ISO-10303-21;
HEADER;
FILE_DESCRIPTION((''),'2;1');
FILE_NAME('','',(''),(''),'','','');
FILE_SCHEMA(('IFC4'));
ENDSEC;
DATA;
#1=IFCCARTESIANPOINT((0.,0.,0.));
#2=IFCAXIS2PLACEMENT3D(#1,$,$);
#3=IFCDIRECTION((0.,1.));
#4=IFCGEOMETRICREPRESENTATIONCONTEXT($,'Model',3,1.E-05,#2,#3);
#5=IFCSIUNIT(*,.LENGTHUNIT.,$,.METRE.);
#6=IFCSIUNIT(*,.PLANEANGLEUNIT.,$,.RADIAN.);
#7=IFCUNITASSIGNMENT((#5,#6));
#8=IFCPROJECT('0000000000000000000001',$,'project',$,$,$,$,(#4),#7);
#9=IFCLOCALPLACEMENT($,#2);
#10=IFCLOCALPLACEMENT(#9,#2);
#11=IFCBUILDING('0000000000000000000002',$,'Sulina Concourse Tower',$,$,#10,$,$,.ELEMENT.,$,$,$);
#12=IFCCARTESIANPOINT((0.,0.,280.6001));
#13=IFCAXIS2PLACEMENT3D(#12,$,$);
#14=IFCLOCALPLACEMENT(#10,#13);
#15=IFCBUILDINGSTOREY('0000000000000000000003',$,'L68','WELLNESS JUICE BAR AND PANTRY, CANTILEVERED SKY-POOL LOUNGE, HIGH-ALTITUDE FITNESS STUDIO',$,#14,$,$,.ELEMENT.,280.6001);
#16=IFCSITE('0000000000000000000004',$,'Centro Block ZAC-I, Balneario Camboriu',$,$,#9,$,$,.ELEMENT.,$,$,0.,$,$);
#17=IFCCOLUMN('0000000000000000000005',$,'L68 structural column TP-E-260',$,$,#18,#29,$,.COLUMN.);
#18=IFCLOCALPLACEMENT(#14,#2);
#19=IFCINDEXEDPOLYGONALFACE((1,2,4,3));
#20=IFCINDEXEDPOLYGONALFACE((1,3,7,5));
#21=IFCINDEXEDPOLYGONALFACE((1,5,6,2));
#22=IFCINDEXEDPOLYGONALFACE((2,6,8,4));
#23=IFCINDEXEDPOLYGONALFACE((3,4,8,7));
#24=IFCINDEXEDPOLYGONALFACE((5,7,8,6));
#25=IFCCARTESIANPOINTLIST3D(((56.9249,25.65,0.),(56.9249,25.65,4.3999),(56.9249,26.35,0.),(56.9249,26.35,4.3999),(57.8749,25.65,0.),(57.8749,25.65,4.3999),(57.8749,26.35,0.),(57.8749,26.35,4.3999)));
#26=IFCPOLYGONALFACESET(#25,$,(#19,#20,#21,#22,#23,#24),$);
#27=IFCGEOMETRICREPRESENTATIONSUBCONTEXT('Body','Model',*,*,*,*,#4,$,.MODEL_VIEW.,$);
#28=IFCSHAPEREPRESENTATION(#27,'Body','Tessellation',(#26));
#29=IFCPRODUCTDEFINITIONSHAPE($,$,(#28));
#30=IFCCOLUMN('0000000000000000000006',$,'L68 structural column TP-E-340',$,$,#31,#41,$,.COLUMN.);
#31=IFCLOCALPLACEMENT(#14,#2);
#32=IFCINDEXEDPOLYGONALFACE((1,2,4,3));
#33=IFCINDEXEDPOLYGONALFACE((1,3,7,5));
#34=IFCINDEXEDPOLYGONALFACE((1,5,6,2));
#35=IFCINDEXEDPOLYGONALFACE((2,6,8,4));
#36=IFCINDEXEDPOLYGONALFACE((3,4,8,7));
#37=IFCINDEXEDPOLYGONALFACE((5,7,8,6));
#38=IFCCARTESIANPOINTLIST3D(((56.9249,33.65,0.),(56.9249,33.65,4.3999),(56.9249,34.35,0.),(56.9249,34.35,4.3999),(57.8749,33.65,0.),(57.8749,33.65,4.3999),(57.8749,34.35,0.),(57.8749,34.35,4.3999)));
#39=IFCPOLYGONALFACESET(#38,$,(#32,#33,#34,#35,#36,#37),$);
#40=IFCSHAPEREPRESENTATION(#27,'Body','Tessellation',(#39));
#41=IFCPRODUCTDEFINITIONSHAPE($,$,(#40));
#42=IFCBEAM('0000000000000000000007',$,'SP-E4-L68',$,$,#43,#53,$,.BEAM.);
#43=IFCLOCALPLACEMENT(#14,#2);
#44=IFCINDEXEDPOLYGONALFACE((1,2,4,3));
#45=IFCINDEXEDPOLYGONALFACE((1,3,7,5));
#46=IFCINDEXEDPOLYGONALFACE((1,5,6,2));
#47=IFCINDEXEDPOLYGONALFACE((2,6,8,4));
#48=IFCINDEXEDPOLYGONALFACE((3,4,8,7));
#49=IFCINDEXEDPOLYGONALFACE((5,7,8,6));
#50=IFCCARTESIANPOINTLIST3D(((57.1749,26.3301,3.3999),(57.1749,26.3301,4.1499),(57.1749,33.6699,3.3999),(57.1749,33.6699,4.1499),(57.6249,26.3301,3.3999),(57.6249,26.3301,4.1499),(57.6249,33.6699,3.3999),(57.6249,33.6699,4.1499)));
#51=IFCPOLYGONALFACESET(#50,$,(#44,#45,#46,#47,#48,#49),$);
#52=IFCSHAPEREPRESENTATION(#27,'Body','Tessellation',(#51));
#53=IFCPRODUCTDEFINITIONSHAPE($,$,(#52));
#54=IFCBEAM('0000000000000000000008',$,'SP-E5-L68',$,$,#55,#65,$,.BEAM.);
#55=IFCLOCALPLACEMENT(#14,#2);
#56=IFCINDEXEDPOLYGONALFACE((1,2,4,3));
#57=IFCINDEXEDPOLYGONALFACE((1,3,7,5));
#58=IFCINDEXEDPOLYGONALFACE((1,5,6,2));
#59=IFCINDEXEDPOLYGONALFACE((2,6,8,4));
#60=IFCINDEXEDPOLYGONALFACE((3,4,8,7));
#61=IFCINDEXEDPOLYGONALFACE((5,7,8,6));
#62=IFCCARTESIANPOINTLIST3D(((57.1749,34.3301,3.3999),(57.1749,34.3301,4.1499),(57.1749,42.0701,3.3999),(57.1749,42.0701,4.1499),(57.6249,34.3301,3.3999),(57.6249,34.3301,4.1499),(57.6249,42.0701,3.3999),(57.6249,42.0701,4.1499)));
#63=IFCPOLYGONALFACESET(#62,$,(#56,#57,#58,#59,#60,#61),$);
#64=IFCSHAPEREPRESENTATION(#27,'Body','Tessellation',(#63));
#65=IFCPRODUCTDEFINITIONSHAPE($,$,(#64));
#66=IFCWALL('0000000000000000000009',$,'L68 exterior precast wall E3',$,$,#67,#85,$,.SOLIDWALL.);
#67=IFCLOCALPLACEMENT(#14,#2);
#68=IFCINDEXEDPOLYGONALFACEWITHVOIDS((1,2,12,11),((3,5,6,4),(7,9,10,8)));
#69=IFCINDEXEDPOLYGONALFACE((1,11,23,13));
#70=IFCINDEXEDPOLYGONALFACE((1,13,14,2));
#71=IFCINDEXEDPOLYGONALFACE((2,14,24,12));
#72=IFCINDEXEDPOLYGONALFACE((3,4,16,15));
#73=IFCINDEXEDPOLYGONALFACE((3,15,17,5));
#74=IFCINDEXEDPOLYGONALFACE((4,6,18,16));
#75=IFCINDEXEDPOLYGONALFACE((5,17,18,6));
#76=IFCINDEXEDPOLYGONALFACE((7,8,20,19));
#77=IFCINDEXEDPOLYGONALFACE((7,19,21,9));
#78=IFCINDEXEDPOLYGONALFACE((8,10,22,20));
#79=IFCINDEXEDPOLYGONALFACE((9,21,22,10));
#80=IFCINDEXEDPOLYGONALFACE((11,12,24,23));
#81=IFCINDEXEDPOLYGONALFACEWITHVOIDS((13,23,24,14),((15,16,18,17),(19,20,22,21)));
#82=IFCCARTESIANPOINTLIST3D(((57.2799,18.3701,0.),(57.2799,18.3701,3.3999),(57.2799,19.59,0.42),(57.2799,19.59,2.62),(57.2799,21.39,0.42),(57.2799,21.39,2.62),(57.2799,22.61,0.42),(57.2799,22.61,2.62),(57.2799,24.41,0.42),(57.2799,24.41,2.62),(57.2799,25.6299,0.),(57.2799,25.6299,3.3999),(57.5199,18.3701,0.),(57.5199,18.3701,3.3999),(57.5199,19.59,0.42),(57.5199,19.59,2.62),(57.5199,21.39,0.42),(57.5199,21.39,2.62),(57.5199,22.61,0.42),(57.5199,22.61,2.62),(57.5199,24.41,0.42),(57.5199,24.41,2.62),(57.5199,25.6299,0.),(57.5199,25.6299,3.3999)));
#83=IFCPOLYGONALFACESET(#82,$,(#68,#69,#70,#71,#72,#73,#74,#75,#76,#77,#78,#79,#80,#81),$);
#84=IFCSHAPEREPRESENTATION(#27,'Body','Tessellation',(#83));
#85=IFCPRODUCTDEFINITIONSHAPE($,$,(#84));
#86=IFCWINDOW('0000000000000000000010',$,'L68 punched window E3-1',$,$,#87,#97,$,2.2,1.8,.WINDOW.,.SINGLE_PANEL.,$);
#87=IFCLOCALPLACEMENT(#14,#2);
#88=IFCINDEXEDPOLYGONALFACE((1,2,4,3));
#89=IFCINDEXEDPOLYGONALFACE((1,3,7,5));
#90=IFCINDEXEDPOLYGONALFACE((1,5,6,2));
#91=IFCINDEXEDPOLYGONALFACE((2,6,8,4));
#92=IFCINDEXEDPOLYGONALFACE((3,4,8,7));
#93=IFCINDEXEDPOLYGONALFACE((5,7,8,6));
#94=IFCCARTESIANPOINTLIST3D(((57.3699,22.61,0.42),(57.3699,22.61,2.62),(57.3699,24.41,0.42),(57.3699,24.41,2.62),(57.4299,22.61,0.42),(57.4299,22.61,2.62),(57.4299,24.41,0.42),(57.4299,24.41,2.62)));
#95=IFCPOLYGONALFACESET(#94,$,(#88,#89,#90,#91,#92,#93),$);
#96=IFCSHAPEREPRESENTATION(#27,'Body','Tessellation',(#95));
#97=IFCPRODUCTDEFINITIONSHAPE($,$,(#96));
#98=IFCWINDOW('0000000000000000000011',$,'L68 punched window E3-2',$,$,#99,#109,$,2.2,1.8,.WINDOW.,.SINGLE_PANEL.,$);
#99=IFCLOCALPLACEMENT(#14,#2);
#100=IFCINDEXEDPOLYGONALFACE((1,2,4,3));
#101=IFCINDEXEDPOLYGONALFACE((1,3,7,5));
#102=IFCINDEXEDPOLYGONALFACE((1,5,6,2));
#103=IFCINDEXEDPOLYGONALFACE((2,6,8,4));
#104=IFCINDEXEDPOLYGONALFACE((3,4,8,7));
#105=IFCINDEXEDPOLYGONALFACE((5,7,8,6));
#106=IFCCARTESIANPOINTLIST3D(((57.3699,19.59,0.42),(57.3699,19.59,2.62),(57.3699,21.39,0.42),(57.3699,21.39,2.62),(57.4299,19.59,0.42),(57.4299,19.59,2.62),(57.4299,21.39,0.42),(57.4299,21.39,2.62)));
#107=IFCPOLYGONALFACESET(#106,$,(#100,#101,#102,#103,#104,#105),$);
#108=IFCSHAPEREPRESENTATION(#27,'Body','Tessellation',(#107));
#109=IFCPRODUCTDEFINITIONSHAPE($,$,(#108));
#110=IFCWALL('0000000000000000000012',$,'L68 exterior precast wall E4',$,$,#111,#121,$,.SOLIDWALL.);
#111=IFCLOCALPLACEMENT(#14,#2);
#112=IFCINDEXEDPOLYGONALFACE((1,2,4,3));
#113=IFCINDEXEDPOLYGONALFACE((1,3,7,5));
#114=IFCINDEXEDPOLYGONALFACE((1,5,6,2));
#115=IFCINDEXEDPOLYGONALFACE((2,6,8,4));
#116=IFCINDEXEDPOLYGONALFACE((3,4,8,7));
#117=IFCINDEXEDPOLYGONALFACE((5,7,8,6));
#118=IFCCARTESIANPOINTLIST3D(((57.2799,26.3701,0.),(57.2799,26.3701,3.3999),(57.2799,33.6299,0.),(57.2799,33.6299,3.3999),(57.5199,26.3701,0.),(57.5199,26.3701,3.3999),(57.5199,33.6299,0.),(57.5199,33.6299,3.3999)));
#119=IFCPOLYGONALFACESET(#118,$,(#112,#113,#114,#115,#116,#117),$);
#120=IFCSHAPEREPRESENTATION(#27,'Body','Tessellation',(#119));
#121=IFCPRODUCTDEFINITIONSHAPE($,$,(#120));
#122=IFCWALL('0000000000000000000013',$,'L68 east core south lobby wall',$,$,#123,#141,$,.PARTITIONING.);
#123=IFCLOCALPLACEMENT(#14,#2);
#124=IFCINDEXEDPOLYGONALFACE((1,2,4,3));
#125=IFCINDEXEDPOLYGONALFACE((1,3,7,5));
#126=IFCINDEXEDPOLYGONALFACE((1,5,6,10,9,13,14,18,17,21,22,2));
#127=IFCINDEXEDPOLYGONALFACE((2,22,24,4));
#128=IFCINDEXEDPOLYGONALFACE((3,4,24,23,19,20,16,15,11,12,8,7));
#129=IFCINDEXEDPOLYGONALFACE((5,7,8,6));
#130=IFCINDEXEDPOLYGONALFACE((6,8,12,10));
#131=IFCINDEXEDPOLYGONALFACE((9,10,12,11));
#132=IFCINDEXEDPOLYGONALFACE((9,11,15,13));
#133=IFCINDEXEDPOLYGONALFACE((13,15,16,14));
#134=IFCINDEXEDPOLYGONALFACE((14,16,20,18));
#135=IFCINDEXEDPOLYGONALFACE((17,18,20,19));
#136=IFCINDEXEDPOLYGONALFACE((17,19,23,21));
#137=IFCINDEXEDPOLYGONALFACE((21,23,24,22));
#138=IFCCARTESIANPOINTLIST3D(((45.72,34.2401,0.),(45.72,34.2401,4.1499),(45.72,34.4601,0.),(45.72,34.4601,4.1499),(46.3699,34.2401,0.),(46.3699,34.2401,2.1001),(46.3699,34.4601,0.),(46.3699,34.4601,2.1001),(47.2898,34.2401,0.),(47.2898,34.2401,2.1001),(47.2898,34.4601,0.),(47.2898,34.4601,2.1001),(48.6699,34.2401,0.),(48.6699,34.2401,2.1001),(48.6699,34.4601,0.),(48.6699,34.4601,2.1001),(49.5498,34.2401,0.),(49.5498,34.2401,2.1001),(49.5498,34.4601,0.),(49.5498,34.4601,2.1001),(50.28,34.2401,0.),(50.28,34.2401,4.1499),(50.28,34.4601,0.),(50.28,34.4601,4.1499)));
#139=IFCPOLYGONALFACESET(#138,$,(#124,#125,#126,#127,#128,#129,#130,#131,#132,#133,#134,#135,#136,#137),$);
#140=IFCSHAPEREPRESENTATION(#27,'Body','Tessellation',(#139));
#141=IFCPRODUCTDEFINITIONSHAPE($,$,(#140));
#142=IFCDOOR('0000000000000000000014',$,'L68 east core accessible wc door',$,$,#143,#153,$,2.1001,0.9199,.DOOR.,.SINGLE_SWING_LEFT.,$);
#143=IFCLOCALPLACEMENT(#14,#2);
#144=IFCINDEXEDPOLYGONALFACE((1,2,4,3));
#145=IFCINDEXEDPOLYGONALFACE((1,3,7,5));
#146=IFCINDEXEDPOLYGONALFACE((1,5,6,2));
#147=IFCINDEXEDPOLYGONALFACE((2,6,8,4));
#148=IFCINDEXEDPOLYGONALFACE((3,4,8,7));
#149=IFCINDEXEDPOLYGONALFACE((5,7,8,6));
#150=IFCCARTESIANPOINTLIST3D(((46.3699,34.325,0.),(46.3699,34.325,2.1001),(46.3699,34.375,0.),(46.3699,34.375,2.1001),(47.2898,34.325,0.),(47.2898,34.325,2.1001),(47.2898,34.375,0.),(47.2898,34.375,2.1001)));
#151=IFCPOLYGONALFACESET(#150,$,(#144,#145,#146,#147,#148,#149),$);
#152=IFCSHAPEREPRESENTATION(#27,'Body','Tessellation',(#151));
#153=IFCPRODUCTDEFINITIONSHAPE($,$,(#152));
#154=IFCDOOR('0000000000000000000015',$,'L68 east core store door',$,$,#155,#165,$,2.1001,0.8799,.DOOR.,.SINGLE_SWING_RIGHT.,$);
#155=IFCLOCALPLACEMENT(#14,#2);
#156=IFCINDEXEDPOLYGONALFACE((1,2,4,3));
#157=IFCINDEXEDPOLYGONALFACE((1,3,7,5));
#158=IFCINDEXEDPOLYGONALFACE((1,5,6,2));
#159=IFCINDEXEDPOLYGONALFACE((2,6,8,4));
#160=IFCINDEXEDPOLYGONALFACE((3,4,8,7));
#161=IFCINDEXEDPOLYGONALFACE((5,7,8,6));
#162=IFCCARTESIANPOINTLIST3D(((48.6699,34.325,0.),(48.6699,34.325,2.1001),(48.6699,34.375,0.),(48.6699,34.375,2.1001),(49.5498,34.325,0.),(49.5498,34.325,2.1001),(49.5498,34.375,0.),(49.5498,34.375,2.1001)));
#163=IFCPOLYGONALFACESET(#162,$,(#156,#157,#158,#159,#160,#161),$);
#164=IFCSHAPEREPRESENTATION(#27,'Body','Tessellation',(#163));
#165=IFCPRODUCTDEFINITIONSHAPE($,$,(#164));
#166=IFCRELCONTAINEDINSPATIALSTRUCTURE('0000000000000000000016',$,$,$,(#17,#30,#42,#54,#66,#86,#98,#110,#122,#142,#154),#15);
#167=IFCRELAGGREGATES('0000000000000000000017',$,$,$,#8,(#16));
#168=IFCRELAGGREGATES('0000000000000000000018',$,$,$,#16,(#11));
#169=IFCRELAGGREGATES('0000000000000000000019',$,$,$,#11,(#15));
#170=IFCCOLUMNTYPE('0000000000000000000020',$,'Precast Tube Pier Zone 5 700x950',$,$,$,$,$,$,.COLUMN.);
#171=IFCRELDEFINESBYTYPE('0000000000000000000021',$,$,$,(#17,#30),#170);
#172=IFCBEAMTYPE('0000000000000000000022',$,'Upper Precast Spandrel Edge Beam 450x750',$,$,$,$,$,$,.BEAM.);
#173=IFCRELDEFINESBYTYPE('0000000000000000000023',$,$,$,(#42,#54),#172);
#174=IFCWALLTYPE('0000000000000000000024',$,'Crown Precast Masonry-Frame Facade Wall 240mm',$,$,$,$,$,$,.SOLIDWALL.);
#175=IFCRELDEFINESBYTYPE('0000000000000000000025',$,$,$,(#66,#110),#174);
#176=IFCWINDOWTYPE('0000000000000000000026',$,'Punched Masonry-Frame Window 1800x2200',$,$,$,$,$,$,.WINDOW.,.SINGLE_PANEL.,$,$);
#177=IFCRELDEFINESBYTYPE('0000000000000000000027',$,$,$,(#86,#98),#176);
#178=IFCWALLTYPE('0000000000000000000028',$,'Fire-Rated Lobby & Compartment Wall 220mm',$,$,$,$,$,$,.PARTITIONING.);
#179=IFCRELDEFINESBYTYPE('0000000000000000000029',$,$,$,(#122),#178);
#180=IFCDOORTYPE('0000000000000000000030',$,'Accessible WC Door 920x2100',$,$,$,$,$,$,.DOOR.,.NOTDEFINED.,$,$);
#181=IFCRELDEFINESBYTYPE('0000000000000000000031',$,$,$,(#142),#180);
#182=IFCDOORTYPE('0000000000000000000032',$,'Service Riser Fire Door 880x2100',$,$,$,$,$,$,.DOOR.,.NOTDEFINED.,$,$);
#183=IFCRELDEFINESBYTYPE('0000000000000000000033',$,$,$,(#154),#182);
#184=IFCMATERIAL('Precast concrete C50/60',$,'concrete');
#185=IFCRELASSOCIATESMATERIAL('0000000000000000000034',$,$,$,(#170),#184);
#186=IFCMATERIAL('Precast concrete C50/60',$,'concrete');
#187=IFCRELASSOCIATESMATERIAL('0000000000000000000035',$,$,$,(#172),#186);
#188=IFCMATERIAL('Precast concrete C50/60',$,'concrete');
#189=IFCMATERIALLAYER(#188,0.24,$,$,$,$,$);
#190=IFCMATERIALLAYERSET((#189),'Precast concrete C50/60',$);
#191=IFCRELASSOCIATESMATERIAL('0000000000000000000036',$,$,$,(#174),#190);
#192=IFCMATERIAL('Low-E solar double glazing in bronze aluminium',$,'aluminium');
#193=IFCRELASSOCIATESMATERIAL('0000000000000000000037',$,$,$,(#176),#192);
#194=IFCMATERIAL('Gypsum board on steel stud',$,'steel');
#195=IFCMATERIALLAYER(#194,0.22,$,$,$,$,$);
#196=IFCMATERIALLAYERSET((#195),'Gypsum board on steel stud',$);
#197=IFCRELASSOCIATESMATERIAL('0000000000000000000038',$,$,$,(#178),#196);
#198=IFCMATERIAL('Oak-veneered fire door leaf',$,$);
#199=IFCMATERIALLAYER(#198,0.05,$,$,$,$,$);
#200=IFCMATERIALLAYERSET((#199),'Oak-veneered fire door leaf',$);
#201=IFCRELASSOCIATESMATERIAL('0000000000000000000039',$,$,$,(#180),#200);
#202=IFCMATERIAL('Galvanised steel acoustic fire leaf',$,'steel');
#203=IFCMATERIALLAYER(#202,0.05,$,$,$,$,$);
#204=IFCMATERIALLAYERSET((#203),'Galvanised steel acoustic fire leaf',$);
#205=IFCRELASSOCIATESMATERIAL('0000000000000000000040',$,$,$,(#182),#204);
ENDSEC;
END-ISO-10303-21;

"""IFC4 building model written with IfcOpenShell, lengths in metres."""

from ifc_helpers import new_model, si_unit, direction, frame, frame_2d, origin, origin_2d, place, context, subcontext, project, spatial, rectangle, extrude, material, layer, layer_set, material_profile, profile_set, type_object, element, fill, save


model = new_model("IFC4")

# Units and contexts
model_context = context("Model", 3, precision=1e-05, world=origin(), true_north=direction((0.0, 1.0)))
body_context = subcontext(model_context, "Body", "Model", "MODEL_VIEW")
ifc_project = project(units=[si_unit("LENGTHUNIT", "METRE"), si_unit("PLANEANGLEUNIT", "RADIAN")], contexts=[model_context])

# Site, building, storey
site_placement = place(None, origin())
site = spatial("IfcSite", under=ifc_project, at=site_placement, Name="Centro Block ZAC-I, Balneario Camboriu", CompositionType="ELEMENT", RefElevation=0.0)
building_placement = place(site_placement, origin())
building = spatial("IfcBuilding", under=site, at=building_placement, Name="Sulina Concourse Tower", CompositionType="ELEMENT")
storey_placement = place(building_placement, frame((0.0, 0.0, 280.6001)))
storey = spatial("IfcBuildingStorey", under=building, at=storey_placement, Name="L68", Description="WELLNESS JUICE BAR AND PANTRY, CANTILEVERED SKY-POOL LOUNGE, HIGH-ALTITUDE FITNESS STUDIO", CompositionType="ELEMENT", Elevation=280.6001)

# Columns
ifc_material_1 = material(Name="Precast concrete C50/60", Category="concrete")
ifc_material_profile_1 = material_profile(ifc_material_1, rectangle(XDim=0.7, YDim=0.95, at=origin_2d()), Name="PC 700x950")
ifc_profile_set_1 = profile_set([ifc_material_profile_1], Name="Precast concrete C50/60")
column_type = type_object("IfcColumnType", Name="Precast Tube Pier Zone 5 700x950", PredefinedType="COLUMN", material=ifc_profile_set_1)
for number, where, z_axis, x_axis, name in (
    (1, (57.3999, 26.0, 0.0), (0.0, 0.0, 1.0), (0.0, 1.0, 0.0), "L68 structural column TP-E-260"),
    (2, (57.3999, 34.0, 0.0), (0.0, 0.0, 1.0), (0.0, 1.0, 0.0), "L68 structural column TP-E-340"),
):
    element("IfcColumn", number, at=place(storey_placement, frame(where, z_axis=z_axis, x_axis=x_axis)), inside=storey, type_object=column_type, Name=name, PredefinedType="COLUMN", context=body_context, shape_type="SweptSolid", body=[
        extrude(rectangle(XDim=0.7, YDim=0.95, at=origin_2d()), origin(), (0.0, 0.0, 1.0), 4.3999),
    ])

# Beams
ifc_material_2 = material(Name="Precast concrete C50/60", Category="concrete")
ifc_material_profile_2 = material_profile(ifc_material_2, rectangle(XDim=0.45, YDim=0.75, at=origin_2d()), Name="RC 450x750")
ifc_profile_set_2 = profile_set([ifc_material_profile_2], Name="Precast concrete C50/60")
beam_type = type_object("IfcBeamType", Name="Upper Precast Spandrel Edge Beam 450x750", PredefinedType="BEAM", material=ifc_profile_set_2)
beam_1_placement = place(storey_placement, frame((57.3999, 26.3301, 3.7749), z_axis=(0.0, 1.0, 0.0), x_axis=(-1.0, 0.0, 0.0)))
element("IfcBeam", 3, at=beam_1_placement, inside=storey, type_object=beam_type, Name="SP-E4-L68", PredefinedType="BEAM", context=body_context, shape_type="SweptSolid", body=[
    extrude(rectangle(XDim=0.45, YDim=0.75, at=origin_2d()), origin(), (0.0, 0.0, 1.0), 7.3398),
])
beam_2_placement = place(storey_placement, frame((57.3999, 34.3301, 3.7749), z_axis=(0.0, 1.0, 0.0), x_axis=(-1.0, 0.0, 0.0)))
element("IfcBeam", 4, at=beam_2_placement, inside=storey, type_object=beam_type, Name="SP-E5-L68", PredefinedType="BEAM", context=body_context, shape_type="SweptSolid", body=[
    extrude(rectangle(XDim=0.45, YDim=0.75, at=origin_2d()), origin(), (0.0, 0.0, 1.0), 7.74),
])

# Wall, openings, windows
ifc_material_3 = material(Name="Precast concrete C50/60", Category="concrete")
ifc_layer_1 = layer(ifc_material_3, 0.24)
ifc_layer_set_1 = layer_set([ifc_layer_1], Name="Precast concrete C50/60")
wall_type_1 = type_object("IfcWallType", Name="Crown Precast Masonry-Frame Facade Wall 240mm", PredefinedType="SOLIDWALL", material=ifc_layer_set_1)
wall_1_placement = place(storey_placement, frame((57.3999, 25.6299, 0.0), z_axis=(0.0, 0.0, 1.0), x_axis=(0.0, -1.0, 0.0)))
wall_1 = element("IfcWall", 5, at=wall_1_placement, inside=storey, type_object=wall_type_1, Name="L68 exterior precast wall E3", PredefinedType="SOLIDWALL", context=body_context, shape_type="SweptSolid", body=[
    extrude(rectangle(XDim=7.2598, YDim=0.24, at=frame_2d((3.6299, 0.0))), origin(), (0.0, 0.0, 1.0), 3.3999),
])
opening_1_placement = place(wall_1_placement, frame((1.22, 0.0, 0.4199)))
opening_1 = element("IfcOpeningElement", 6, at=opening_1_placement, cuts=wall_1, PredefinedType="OPENING", context=body_context, shape_type="SweptSolid", body=[
    extrude(rectangle(XDim=1.8, YDim=2.2, at=frame_2d((0.8999, 1.1001))), frame((0.0, 0.1299, 0.0), z_axis=(0.0, -1.0, 0.0), x_axis=(1.0, 0.0, 0.0)), (0.0, 0.0, 1.0), 0.26),
])
opening_2_placement = place(wall_1_placement, frame((4.24, 0.0, 0.4199)))
opening_2 = element("IfcOpeningElement", 7, at=opening_2_placement, cuts=wall_1, PredefinedType="OPENING", context=body_context, shape_type="SweptSolid", body=[
    extrude(rectangle(XDim=1.8, YDim=2.2, at=frame_2d((0.8999, 1.1001))), frame((0.0, 0.1299, 0.0), z_axis=(0.0, -1.0, 0.0), x_axis=(1.0, 0.0, 0.0)), (0.0, 0.0, 1.0), 0.26),
])
ifc_material_4 = material(Name="Low-E solar double glazing in bronze aluminium", Category="aluminium")
window_type = type_object("IfcWindowType", Name="Punched Masonry-Frame Window 1800x2200", PartitioningType="SINGLE_PANEL", PredefinedType="WINDOW", material=ifc_material_4)
window_1_placement = place(opening_1_placement, origin())
window_1 = element("IfcWindow", 8, at=window_1_placement, inside=storey, type_object=window_type, Name="L68 punched window E3-1", OverallHeight=2.2, OverallWidth=1.8, PartitioningType="SINGLE_PANEL", PredefinedType="WINDOW", context=body_context, shape_type="SweptSolid", body=[
    extrude(rectangle(XDim=1.8, YDim=2.2, at=frame_2d((0.8999, 1.1001))), frame((0.0, 0.03, 0.0), z_axis=(0.0, -1.0, 0.0), x_axis=(1.0, 0.0, 0.0)), (0.0, 0.0, 1.0), 0.0601),
])
fill(opening_1, window_1)
window_2_placement = place(opening_2_placement, origin())
window_2 = element("IfcWindow", 9, at=window_2_placement, inside=storey, type_object=window_type, Name="L68 punched window E3-2", OverallHeight=2.2, OverallWidth=1.8, PartitioningType="SINGLE_PANEL", PredefinedType="WINDOW", context=body_context, shape_type="SweptSolid", body=[
    extrude(rectangle(XDim=1.8, YDim=2.2, at=frame_2d((0.8999, 1.1001))), frame((0.0, 0.03, 0.0), z_axis=(0.0, -1.0, 0.0), x_axis=(1.0, 0.0, 0.0)), (0.0, 0.0, 1.0), 0.0601),
])
fill(opening_2, window_2)

# Wall
wall_2_placement = place(storey_placement, frame((57.3999, 33.6299, 0.0), z_axis=(0.0, 0.0, 1.0), x_axis=(0.0, -1.0, 0.0)))
element("IfcWall", 10, at=wall_2_placement, inside=storey, type_object=wall_type_1, Name="L68 exterior precast wall E4", PredefinedType="SOLIDWALL", context=body_context, shape_type="SweptSolid", body=[
    extrude(rectangle(XDim=7.2598, YDim=0.24, at=frame_2d((3.6299, 0.0))), origin(), (0.0, 0.0, 1.0), 3.3999),
])

# Wall, openings, doors
ifc_material_5 = material(Name="Gypsum board on steel stud", Category="steel")
ifc_layer_2 = layer(ifc_material_5, 0.22)
ifc_layer_set_2 = layer_set([ifc_layer_2], Name="Gypsum board on steel stud")
wall_type_2 = type_object("IfcWallType", Name="Fire-Rated Lobby & Compartment Wall 220mm", PredefinedType="PARTITIONING", material=ifc_layer_set_2)
wall_3_placement = place(storey_placement, frame((45.72, 34.3501, 0.0), z_axis=(0.0, 0.0, 1.0), x_axis=(1.0, 0.0, 0.0)))
wall_3 = element("IfcWall", 11, at=wall_3_placement, inside=storey, type_object=wall_type_2, Name="L68 east core south lobby wall", PredefinedType="PARTITIONING", context=body_context, shape_type="SweptSolid", body=[
    extrude(rectangle(XDim=4.5601, YDim=0.22, at=frame_2d((2.28, 0.0))), origin(), (0.0, 0.0, 1.0), 4.1499),
])
opening_3_placement = place(wall_3_placement, frame((0.6499, 0.0, 0.0)))
opening_3 = element("IfcOpeningElement", 12, at=opening_3_placement, cuts=wall_3, PredefinedType="OPENING", context=body_context, shape_type="SweptSolid", body=[
    extrude(rectangle(XDim=0.9199, YDim=2.1001, at=frame_2d((0.46, 1.05))), frame((0.0, 0.1199, 0.0), z_axis=(0.0, -1.0, 0.0), x_axis=(1.0, 0.0, 0.0)), (0.0, 0.0, 1.0), 0.24),
])
opening_4_placement = place(wall_3_placement, frame((2.95, 0.0, 0.0)))
opening_4 = element("IfcOpeningElement", 13, at=opening_4_placement, cuts=wall_3, PredefinedType="OPENING", context=body_context, shape_type="SweptSolid", body=[
    extrude(rectangle(XDim=0.8799, YDim=2.1001, at=frame_2d((0.4399, 1.05))), frame((0.0, 0.1199, 0.0), z_axis=(0.0, -1.0, 0.0), x_axis=(1.0, 0.0, 0.0)), (0.0, 0.0, 1.0), 0.24),
])
ifc_material_6 = material(Name="Oak-veneered fire door leaf")
ifc_layer_3 = layer(ifc_material_6, 0.05)
ifc_layer_set_3 = layer_set([ifc_layer_3], Name="Oak-veneered fire door leaf")
door_type_1 = type_object("IfcDoorType", Name="Accessible WC Door 920x2100", OperationType="NOTDEFINED", PredefinedType="DOOR", material=ifc_layer_set_3)
door_1_placement = place(opening_3_placement, origin())
door_1 = element("IfcDoor", 14, at=door_1_placement, inside=storey, type_object=door_type_1, Name="L68 east core accessible wc door", OperationType="SINGLE_SWING_LEFT", OverallHeight=2.1001, OverallWidth=0.9199, PredefinedType="DOOR", context=body_context, shape_type="SweptSolid", body=[
    extrude(rectangle(XDim=0.9199, YDim=2.1001, at=frame_2d((0.46, 1.05))), frame((0.0, 0.0249, 0.0), z_axis=(0.0, -1.0, 0.0), x_axis=(1.0, 0.0, 0.0)), (0.0, 0.0, 1.0), 0.05),
])
fill(opening_3, door_1)
ifc_material_7 = material(Name="Galvanised steel acoustic fire leaf", Category="steel")
ifc_layer_4 = layer(ifc_material_7, 0.05)
ifc_layer_set_4 = layer_set([ifc_layer_4], Name="Galvanised steel acoustic fire leaf")
door_type_2 = type_object("IfcDoorType", Name="Service Riser Fire Door 880x2100", OperationType="NOTDEFINED", PredefinedType="DOOR", material=ifc_layer_set_4)
door_2_placement = place(opening_4_placement, origin())
door_2 = element("IfcDoor", 15, at=door_2_placement, inside=storey, type_object=door_type_2, Name="L68 east core store door", OperationType="SINGLE_SWING_RIGHT", OverallHeight=2.1001, OverallWidth=0.8799, PredefinedType="DOOR", context=body_context, shape_type="SweptSolid", body=[
    extrude(rectangle(XDim=0.8799, YDim=2.1001, at=frame_2d((0.4399, 1.05))), frame((0.0, 0.0249, 0.0), z_axis=(0.0, -1.0, 0.0), x_axis=(1.0, 0.0, 0.0)), (0.0, 0.0, 1.0), 0.05),
])
fill(opening_4, door_2)

save(model, "model.ifc")
